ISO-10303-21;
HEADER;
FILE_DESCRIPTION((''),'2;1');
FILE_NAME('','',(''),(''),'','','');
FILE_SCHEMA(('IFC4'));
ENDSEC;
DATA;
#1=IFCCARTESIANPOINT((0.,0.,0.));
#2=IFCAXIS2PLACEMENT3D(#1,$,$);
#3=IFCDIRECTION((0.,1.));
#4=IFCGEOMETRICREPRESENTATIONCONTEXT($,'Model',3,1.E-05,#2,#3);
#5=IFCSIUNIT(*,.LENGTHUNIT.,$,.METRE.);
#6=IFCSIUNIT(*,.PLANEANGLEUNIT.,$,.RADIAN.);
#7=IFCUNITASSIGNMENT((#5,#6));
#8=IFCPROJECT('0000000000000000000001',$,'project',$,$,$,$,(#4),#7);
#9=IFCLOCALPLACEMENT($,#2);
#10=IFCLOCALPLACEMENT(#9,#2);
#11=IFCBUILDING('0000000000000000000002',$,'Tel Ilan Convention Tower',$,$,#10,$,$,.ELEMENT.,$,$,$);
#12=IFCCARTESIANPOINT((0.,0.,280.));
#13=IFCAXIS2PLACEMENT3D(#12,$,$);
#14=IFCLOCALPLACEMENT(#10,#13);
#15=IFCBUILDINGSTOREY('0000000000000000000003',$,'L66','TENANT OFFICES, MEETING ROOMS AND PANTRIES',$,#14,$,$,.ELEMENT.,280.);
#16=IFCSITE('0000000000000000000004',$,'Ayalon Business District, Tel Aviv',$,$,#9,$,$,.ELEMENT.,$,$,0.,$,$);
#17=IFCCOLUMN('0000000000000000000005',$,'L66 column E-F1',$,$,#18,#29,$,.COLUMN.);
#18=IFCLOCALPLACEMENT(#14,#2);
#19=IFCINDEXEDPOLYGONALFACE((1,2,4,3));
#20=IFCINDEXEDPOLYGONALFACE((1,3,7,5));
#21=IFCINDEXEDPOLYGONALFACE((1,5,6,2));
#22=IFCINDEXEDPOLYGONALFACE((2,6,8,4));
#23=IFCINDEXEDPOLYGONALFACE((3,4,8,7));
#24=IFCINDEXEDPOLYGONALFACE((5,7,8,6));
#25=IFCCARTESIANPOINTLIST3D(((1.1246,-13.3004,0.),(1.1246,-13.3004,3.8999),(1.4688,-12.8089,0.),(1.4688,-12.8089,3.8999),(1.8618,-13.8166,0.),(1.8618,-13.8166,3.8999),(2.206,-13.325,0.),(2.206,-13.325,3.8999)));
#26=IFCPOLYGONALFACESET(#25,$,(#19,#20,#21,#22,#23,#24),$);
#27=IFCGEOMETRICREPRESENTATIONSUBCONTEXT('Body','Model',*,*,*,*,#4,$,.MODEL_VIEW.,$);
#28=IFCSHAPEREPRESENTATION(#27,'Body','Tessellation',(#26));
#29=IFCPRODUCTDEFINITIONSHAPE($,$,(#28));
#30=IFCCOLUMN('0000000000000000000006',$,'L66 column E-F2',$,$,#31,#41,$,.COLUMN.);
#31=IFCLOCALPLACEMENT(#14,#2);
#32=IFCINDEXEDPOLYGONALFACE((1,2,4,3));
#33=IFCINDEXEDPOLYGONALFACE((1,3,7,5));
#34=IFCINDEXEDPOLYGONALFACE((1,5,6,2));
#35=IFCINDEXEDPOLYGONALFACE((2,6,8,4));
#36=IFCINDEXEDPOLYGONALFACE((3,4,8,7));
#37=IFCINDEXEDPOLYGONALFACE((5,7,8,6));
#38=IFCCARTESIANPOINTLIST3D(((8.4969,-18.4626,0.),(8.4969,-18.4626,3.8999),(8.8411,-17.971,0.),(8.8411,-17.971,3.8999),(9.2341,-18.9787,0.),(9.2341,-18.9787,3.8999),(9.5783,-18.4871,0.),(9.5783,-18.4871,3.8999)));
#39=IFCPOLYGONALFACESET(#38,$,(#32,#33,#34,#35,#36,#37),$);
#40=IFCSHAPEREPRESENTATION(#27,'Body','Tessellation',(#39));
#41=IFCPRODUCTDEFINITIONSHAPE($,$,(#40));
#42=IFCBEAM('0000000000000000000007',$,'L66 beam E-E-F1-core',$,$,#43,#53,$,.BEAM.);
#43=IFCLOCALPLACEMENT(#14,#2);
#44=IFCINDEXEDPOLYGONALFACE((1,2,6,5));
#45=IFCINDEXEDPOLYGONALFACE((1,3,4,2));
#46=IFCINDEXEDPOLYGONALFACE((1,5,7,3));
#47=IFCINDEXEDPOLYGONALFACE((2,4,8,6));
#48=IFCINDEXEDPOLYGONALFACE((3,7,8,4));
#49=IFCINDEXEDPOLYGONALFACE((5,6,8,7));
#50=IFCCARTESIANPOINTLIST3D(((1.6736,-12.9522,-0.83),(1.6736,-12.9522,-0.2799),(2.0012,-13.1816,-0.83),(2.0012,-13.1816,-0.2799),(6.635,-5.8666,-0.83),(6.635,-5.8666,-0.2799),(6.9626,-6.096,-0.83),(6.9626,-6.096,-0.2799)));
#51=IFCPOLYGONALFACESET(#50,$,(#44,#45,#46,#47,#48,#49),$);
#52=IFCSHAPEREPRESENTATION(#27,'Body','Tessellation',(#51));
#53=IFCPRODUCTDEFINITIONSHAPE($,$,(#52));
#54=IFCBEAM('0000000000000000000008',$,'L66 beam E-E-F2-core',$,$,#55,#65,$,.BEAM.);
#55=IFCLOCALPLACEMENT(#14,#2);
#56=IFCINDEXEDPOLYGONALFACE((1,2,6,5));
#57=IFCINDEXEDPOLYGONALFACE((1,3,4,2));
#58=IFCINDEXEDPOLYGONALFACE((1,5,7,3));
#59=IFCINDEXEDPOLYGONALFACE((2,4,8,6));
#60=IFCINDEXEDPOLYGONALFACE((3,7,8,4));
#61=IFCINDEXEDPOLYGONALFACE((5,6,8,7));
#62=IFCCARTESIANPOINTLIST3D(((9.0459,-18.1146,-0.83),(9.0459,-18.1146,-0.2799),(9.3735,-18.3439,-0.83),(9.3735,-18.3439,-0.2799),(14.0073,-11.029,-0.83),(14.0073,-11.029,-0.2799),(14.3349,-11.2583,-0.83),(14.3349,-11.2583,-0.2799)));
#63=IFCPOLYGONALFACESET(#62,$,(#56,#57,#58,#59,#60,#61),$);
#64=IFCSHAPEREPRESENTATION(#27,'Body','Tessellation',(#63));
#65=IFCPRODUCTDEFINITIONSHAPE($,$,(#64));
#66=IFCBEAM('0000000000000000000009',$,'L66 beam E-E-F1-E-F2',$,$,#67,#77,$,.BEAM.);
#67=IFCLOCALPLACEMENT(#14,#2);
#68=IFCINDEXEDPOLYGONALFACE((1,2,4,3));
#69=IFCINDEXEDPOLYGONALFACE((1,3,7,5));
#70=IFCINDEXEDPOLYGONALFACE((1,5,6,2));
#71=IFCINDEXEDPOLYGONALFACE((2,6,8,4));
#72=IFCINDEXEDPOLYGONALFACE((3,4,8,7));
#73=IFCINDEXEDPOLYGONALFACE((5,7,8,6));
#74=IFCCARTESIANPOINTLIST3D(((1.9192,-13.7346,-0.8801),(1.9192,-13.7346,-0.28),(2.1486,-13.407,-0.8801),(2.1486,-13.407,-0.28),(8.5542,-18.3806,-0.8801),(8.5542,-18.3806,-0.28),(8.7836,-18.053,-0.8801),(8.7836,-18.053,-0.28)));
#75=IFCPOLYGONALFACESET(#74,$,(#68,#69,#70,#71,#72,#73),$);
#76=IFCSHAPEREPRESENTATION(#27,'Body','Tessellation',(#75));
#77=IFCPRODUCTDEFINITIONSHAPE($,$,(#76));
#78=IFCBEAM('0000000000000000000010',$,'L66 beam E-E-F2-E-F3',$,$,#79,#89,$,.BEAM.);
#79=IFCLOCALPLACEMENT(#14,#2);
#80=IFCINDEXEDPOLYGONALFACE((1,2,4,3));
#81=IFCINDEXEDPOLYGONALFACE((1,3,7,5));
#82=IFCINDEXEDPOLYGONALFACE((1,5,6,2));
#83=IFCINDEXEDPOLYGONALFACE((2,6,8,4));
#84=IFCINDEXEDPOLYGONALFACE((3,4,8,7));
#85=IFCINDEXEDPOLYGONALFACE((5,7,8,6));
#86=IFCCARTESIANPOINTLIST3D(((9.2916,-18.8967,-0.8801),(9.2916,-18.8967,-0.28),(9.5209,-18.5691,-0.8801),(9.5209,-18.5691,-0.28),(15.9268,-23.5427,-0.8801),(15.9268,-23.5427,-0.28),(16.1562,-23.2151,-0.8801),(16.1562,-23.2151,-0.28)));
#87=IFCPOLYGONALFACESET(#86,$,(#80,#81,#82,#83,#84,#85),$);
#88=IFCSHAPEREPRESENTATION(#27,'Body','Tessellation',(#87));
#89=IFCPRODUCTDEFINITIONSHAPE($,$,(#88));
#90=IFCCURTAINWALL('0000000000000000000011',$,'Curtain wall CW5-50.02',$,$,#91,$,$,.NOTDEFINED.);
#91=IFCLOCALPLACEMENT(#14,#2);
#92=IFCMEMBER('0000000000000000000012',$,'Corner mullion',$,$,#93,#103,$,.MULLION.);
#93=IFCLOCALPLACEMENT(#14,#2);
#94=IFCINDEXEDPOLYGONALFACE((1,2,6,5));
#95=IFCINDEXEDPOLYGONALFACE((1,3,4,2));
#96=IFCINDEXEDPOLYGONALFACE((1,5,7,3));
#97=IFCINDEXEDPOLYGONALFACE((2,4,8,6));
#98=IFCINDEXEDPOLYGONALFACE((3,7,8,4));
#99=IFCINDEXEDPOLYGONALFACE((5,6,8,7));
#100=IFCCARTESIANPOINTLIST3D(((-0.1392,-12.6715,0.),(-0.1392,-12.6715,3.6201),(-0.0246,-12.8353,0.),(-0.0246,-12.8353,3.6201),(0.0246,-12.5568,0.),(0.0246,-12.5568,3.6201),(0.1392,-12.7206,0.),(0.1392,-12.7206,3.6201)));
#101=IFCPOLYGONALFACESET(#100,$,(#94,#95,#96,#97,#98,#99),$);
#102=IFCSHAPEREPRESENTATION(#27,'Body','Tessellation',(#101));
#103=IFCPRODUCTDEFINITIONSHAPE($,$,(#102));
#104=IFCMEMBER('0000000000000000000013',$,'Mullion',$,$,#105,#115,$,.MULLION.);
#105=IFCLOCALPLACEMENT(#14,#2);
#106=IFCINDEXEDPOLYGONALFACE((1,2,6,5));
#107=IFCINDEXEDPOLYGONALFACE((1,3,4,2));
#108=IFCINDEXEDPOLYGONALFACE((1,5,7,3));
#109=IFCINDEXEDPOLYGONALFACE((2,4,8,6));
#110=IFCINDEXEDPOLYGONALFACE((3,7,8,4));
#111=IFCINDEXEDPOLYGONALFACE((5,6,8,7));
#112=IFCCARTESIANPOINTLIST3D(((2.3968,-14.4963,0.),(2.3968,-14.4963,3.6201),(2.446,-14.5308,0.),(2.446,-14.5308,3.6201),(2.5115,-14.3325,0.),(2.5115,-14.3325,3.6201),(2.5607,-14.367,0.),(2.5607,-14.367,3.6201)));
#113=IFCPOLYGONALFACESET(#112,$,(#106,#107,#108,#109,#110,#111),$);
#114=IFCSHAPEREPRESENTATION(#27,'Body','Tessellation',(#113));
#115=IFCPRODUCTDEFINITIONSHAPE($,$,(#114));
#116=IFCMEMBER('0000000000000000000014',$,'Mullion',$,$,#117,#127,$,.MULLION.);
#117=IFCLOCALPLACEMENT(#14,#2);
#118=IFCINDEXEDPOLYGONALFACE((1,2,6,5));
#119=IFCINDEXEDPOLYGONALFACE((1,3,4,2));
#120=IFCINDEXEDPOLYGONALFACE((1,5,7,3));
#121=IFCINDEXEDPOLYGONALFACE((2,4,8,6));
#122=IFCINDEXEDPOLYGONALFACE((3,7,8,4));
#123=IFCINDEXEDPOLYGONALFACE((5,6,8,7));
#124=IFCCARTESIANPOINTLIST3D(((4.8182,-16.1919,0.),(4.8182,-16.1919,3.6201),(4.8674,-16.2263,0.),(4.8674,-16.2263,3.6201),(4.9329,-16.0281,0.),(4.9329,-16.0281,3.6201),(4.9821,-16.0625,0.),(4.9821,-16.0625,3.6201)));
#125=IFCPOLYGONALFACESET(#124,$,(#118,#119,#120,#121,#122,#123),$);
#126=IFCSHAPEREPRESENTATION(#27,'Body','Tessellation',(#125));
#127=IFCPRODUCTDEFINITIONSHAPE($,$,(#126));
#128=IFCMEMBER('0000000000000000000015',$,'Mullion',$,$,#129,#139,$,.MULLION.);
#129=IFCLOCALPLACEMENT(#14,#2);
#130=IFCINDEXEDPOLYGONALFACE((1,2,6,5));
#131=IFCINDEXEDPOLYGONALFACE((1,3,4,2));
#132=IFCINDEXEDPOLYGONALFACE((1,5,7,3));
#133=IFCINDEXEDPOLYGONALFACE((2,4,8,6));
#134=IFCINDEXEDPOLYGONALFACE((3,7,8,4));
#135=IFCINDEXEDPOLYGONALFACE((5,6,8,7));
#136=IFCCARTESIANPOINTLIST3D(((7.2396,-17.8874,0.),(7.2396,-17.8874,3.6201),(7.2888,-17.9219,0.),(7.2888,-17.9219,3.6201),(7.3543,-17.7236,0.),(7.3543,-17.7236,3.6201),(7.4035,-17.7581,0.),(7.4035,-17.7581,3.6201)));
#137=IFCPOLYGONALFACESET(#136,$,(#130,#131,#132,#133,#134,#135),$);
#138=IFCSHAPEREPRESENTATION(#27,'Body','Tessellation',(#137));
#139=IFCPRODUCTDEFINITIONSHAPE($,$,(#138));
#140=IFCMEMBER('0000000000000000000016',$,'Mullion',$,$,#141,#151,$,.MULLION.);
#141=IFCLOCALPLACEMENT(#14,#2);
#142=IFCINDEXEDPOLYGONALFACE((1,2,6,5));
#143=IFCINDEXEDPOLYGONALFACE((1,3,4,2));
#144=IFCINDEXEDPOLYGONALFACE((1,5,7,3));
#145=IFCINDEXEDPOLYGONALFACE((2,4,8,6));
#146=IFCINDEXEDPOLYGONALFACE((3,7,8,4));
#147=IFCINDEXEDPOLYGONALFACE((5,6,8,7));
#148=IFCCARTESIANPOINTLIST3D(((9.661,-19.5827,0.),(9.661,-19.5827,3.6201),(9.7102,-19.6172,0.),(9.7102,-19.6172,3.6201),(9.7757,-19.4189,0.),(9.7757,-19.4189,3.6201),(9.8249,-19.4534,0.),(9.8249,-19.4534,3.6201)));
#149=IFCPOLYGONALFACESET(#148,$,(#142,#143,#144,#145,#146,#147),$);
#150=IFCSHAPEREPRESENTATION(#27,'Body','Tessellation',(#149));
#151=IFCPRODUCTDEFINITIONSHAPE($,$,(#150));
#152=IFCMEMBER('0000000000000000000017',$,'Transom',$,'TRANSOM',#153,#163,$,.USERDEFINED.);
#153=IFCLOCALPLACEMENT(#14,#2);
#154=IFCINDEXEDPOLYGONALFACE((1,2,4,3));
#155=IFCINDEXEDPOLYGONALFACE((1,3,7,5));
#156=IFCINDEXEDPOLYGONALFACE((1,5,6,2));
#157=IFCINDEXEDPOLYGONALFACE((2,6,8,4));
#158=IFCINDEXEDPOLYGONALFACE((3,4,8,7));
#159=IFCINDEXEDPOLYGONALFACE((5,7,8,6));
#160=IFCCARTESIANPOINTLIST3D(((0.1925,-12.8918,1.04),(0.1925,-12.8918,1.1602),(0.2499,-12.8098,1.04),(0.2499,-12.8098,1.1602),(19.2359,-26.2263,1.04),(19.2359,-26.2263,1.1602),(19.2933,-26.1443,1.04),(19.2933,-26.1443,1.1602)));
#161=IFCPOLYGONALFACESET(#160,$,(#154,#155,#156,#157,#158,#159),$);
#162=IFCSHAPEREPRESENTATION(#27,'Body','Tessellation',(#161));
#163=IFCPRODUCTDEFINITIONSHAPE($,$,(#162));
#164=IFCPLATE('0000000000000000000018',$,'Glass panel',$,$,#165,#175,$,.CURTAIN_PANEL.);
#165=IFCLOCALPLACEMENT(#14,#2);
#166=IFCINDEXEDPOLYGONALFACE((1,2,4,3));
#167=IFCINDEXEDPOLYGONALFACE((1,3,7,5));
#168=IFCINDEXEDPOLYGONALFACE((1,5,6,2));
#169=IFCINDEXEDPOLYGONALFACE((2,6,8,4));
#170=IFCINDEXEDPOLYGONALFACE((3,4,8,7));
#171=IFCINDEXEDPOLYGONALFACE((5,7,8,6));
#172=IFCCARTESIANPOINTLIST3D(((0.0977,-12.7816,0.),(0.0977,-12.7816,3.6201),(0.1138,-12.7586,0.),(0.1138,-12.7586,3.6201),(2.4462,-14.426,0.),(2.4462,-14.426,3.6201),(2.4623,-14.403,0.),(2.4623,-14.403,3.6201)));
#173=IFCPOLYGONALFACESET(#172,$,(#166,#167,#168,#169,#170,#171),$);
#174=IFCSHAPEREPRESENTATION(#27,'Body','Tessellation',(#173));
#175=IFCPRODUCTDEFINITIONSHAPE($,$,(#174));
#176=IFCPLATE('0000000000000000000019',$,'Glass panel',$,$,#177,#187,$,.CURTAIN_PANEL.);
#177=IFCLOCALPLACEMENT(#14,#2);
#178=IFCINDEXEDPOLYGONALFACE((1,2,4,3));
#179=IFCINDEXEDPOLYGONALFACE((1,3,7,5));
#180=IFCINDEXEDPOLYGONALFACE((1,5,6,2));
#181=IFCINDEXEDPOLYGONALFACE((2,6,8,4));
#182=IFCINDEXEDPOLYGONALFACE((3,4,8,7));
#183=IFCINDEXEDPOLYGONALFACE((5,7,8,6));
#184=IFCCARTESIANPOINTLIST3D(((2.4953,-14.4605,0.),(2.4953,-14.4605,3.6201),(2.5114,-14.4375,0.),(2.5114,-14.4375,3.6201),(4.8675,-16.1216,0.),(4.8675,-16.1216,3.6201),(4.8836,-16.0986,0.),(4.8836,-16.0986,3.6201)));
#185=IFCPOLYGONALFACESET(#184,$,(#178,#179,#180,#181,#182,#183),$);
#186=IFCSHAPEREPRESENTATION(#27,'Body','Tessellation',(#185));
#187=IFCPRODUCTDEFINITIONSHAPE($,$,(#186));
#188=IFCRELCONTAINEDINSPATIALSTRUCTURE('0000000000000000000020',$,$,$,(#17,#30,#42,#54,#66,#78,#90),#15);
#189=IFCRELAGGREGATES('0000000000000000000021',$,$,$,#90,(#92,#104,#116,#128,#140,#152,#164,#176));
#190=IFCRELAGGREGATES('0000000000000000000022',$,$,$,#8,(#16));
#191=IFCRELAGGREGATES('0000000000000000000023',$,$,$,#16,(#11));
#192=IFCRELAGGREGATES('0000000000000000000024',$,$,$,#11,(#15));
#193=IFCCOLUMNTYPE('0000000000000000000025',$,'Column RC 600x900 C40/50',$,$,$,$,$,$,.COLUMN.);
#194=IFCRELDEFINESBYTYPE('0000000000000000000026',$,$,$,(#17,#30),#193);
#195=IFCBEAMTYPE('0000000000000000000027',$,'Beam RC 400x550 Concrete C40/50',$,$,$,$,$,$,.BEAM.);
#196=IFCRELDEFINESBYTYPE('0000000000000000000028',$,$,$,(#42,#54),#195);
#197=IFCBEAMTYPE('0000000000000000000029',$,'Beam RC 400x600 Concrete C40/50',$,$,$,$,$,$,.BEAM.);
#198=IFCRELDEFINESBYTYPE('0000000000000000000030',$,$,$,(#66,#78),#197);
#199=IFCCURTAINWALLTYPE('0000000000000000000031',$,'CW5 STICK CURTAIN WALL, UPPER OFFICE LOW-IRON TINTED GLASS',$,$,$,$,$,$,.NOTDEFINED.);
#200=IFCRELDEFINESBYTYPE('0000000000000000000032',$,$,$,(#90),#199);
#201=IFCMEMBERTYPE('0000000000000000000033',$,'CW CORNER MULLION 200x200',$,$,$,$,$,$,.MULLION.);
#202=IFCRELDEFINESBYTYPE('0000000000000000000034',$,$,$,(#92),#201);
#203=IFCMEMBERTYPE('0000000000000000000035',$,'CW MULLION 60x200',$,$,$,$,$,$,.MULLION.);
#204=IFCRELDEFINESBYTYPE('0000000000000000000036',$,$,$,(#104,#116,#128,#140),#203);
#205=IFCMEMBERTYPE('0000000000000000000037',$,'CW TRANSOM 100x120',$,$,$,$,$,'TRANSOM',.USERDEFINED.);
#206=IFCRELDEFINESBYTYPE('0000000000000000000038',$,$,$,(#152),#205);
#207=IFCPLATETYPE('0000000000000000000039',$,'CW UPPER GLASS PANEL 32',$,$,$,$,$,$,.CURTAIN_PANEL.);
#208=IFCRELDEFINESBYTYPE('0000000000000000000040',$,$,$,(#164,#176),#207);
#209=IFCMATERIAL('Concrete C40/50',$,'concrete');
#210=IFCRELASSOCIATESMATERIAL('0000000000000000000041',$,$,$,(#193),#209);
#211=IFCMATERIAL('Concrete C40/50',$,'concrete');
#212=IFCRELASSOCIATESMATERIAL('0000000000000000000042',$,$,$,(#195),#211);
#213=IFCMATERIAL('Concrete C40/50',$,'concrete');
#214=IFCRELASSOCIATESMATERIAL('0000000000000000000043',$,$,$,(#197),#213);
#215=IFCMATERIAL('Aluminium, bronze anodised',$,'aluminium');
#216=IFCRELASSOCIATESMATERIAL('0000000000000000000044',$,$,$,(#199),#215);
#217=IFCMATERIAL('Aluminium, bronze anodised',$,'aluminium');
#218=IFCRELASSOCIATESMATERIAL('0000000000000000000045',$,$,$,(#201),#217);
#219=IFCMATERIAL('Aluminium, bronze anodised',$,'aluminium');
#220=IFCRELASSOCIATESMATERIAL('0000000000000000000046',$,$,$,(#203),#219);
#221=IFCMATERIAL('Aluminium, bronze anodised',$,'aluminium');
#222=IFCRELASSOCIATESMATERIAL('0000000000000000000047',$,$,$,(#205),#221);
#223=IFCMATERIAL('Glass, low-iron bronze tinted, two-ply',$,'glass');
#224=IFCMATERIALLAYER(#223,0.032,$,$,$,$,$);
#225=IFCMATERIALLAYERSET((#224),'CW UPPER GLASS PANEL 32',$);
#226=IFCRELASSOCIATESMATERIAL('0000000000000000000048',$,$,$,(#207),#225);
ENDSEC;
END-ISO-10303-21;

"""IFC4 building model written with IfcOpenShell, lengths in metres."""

from ifc_helpers import new_model, si_unit, direction, frame, origin, origin_2d, place, context, subcontext, project, spatial, rectangle, extrude, material, layer, layer_set, material_profile, profile_set, type_object, element, aggregate, save


model = new_model("IFC4")

# Units and contexts
model_context = context("Model", 3, precision=1e-05, world=origin(), true_north=direction((0.0, 1.0)))
body_context = subcontext(model_context, "Body", "Model", "MODEL_VIEW")
ifc_project = project(units=[si_unit("LENGTHUNIT", "METRE"), si_unit("PLANEANGLEUNIT", "RADIAN")], contexts=[model_context])

# Site, building, storey
site_placement = place(None, origin())
site = spatial("IfcSite", under=ifc_project, at=site_placement, Name="Ayalon Business District, Tel Aviv", CompositionType="ELEMENT", RefElevation=0.0)
building_placement = place(site_placement, origin())
building = spatial("IfcBuilding", under=site, at=building_placement, Name="Tel Ilan Convention Tower", CompositionType="ELEMENT")
storey_placement = place(building_placement, frame((0.0, 0.0, 280.0)))
storey = spatial("IfcBuildingStorey", under=building, at=storey_placement, Name="L66", Description="TENANT OFFICES, MEETING ROOMS AND PANTRIES", CompositionType="ELEMENT", Elevation=280.0)

# Columns
ifc_material_1 = material(Name="Concrete C40/50", Category="concrete")
ifc_material_profile_1 = material_profile(ifc_material_1, rectangle(XDim=0.8999, YDim=0.6001, at=origin_2d()), Name="RC 600x900")
ifc_profile_set_1 = profile_set([ifc_material_profile_1], Name="Concrete C40/50")
column_type = type_object("IfcColumnType", Name="Column RC 600x900 C40/50", PredefinedType="COLUMN", material=ifc_profile_set_1)
for number, where, z_axis, x_axis, name in (
    (1, (1.6653, -13.3127, 0.0), (0.0, 0.0, 1.0), (0.819152, -0.573576, 0.0), "L66 column E-F1"),
    (2, (9.0376, -18.4749, 0.0), (0.0, 0.0, 1.0), (0.819152, -0.573576, 0.0), "L66 column E-F2"),
):
    element("IfcColumn", number, at=place(storey_placement, frame(where, z_axis=z_axis, x_axis=x_axis)), inside=storey, type_object=column_type, Name=name, PredefinedType="COLUMN", context=body_context, shape_type="SweptSolid", body=[
        extrude(rectangle(XDim=0.8999, YDim=0.6001, at=origin_2d()), origin(), (0.0, 0.0, 1.0), 3.8999),
    ])

# Beams
ifc_material_2 = material(Name="Concrete C40/50", Category="concrete")
ifc_material_profile_2 = material_profile(ifc_material_2, rectangle(XDim=0.3999, YDim=0.55, at=origin_2d()), Name="RC 400x550")
ifc_profile_set_2 = profile_set([ifc_material_profile_2], Name="Concrete C40/50")
beam_type_1 = type_object("IfcBeamType", Name="Beam RC 400x550 Concrete C40/50", PredefinedType="BEAM", material=ifc_profile_set_2)
for number, where, z_axis, x_axis, name in (
    (3, (1.8374, -13.0669, -0.5549), (0.573574, 0.819154, 0.0), (-0.819154, 0.573574, 0.0), "L66 beam E-E-F1-core"),
    (4, (9.2097, -18.2292, -0.5549), (0.573574, 0.819154, 0.0), (-0.819154, 0.573574, 0.0), "L66 beam E-E-F2-core"),
):
    element("IfcBeam", number, at=place(storey_placement, frame(where, z_axis=z_axis, x_axis=x_axis)), inside=storey, type_object=beam_type_1, Name=name, PredefinedType="BEAM", context=body_context, shape_type="SweptSolid", body=[
        extrude(rectangle(XDim=0.3999, YDim=0.55, at=origin_2d()), origin(), (0.0, 0.0, 1.0), 8.6499),
    ])
ifc_material_3 = material(Name="Concrete C40/50", Category="concrete")
ifc_material_profile_3 = material_profile(ifc_material_3, rectangle(XDim=0.3999, YDim=0.6001, at=origin_2d()), Name="RC 400x600")
ifc_profile_set_3 = profile_set([ifc_material_profile_3], Name="Concrete C40/50")
beam_type_2 = type_object("IfcBeamType", Name="Beam RC 400x600 Concrete C40/50", PredefinedType="BEAM", material=ifc_profile_set_3)
beam_1_placement = place(storey_placement, frame((2.0339, -13.5708, -0.5801), z_axis=(0.819146, -0.573586, 0.0), x_axis=(0.573586, 0.819146, 0.0)))
element("IfcBeam", 5, at=beam_1_placement, inside=storey, type_object=beam_type_2, Name="L66 beam E-E-F1-E-F2", PredefinedType="BEAM", context=body_context, shape_type="SweptSolid", body=[
    extrude(rectangle(XDim=0.3999, YDim=0.6001, at=origin_2d()), origin(), (0.0, 0.0, 1.0), 8.0999),
])
beam_2_placement = place(storey_placement, frame((9.4062, -18.7329, -0.5801), z_axis=(0.819155, -0.573572, 0.0), x_axis=(0.573572, 0.819155, 0.0)))
element("IfcBeam", 6, at=beam_2_placement, inside=storey, type_object=beam_type_2, Name="L66 beam E-E-F2-E-F3", PredefinedType="BEAM", context=body_context, shape_type="SweptSolid", body=[
    extrude(rectangle(XDim=0.3999, YDim=0.6001, at=origin_2d()), origin(), (0.0, 0.0, 1.0), 8.1001),
])

# Curtain wall, members, plates
ifc_material_4 = material(Name="Aluminium, bronze anodised", Category="aluminium")
curtain_wall_type = type_object("IfcCurtainWallType", Name="CW5 STICK CURTAIN WALL, UPPER OFFICE LOW-IRON TINTED GLASS", PredefinedType="NOTDEFINED", material=ifc_material_4)
curtain_wall_placement = place(storey_placement, origin())
curtain_wall = element("IfcCurtainWall", 7, at=curtain_wall_placement, inside=storey, type_object=curtain_wall_type, Name="Curtain wall CW5-50.02", PredefinedType="NOTDEFINED")
ifc_material_5 = material(Name="Aluminium, bronze anodised", Category="aluminium")
ifc_material_profile_4 = material_profile(ifc_material_5, rectangle(XDim=0.2, YDim=0.2, at=origin_2d()), Name="CW CORNER MULLION 200x200")
ifc_profile_set_4 = profile_set([ifc_material_profile_4], Name="Aluminium, bronze anodised")
member_type_1 = type_object("IfcMemberType", Name="CW CORNER MULLION 200x200", PredefinedType="MULLION", material=ifc_profile_set_4)
member_1_placement = place(storey_placement, frame((0.0, -12.696, 0.0), z_axis=(0.0, 0.0, 1.0), x_axis=(0.819152, 0.573576, 0.0)))
member_1 = element("IfcMember", 8, at=member_1_placement, type_object=member_type_1, Name="Corner mullion", PredefinedType="MULLION", context=body_context, shape_type="SweptSolid", body=[
    extrude(rectangle(XDim=0.2, YDim=0.2, at=origin_2d()), origin(), (0.0, 0.0, 1.0), 3.6201),
])
ifc_material_6 = material(Name="Aluminium, bronze anodised", Category="aluminium")
ifc_material_profile_5 = material_profile(ifc_material_6, rectangle(XDim=0.0601, YDim=0.2, at=origin_2d()), Name="CW MULLION 60x200")
ifc_profile_set_5 = profile_set([ifc_material_profile_5], Name="Aluminium, bronze anodised")
member_type_2 = type_object("IfcMemberType", Name="CW MULLION 60x200", PredefinedType="MULLION", material=ifc_profile_set_5)
member_2_placement = place(storey_placement, frame((2.4788, -14.4316, 0.0), z_axis=(0.0, 0.0, 1.0), x_axis=(0.819152, -0.573576, 0.0)))
member_2 = element("IfcMember", 9, at=member_2_placement, type_object=member_type_2, Name="Mullion", PredefinedType="MULLION", context=body_context, shape_type="SweptSolid", body=[
    extrude(rectangle(XDim=0.0601, YDim=0.2, at=origin_2d()), origin(), (0.0, 0.0, 1.0), 3.6201),
])
member_3_placement = place(storey_placement, frame((4.9001, -16.1272, 0.0), z_axis=(0.0, 0.0, 1.0), x_axis=(0.819152, -0.573576, 0.0)))
member_3 = element("IfcMember", 10, at=member_3_placement, type_object=member_type_2, Name="Mullion", PredefinedType="MULLION", context=body_context, shape_type="SweptSolid", body=[
    extrude(rectangle(XDim=0.0601, YDim=0.2, at=origin_2d()), origin(), (0.0, 0.0, 1.0), 3.6201),
])
member_4_placement = place(storey_placement, frame((7.3215, -17.8228, 0.0), z_axis=(0.0, 0.0, 1.0), x_axis=(0.819152, -0.573576, 0.0)))
member_4 = element("IfcMember", 11, at=member_4_placement, type_object=member_type_2, Name="Mullion", PredefinedType="MULLION", context=body_context, shape_type="SweptSolid", body=[
    extrude(rectangle(XDim=0.0601, YDim=0.2, at=origin_2d()), origin(), (0.0, 0.0, 1.0), 3.6201),
])
member_5_placement = place(storey_placement, frame((9.7429, -19.5181, 0.0), z_axis=(0.0, 0.0, 1.0), x_axis=(0.819152, -0.573576, 0.0)))
member_5 = element("IfcMember", 12, at=member_5_placement, type_object=member_type_2, Name="Mullion", PredefinedType="MULLION", context=body_context, shape_type="SweptSolid", body=[
    extrude(rectangle(XDim=0.0601, YDim=0.2, at=origin_2d()), origin(), (0.0, 0.0, 1.0), 3.6201),
])
ifc_material_7 = material(Name="Aluminium, bronze anodised", Category="aluminium")
ifc_material_profile_6 = material_profile(ifc_material_7, rectangle(XDim=0.1001, YDim=0.1201, at=origin_2d()), Name="CW TRANSOM 100x120")
ifc_profile_set_6 = profile_set([ifc_material_profile_6], Name="Aluminium, bronze anodised")
member_type_3 = type_object("IfcMemberType", Name="CW TRANSOM 100x120", ElementType="TRANSOM", PredefinedType="USERDEFINED", material=ifc_profile_set_6)
member_6_placement = place(storey_placement, frame((0.2212, -12.8508, 1.1001), z_axis=(0.81915, -0.573579, 0.0), x_axis=(0.573579, 0.81915, 0.0)))
member_6 = element("IfcMember", 13, at=member_6_placement, type_object=member_type_3, Name="Transom", ObjectType="TRANSOM", PredefinedType="USERDEFINED", context=body_context, shape_type="SweptSolid", body=[
    extrude(rectangle(XDim=0.1001, YDim=0.1201, at=origin_2d()), origin(), (0.0, 0.0, 1.0), 23.2478),
])
ifc_material_8 = material(Name="Glass, low-iron bronze tinted, two-ply", Category="glass")
ifc_layer_1 = layer(ifc_material_8, 0.032)
ifc_layer_set_1 = layer_set([ifc_layer_1], Name="CW UPPER GLASS PANEL 32")
plate_type = type_object("IfcPlateType", Name="CW UPPER GLASS PANEL 32", PredefinedType="CURTAIN_PANEL", material=ifc_layer_set_1)
plate_1_placement = place(storey_placement, frame((1.28, -13.5923, 0.0), z_axis=(0.0, 0.0, 1.0), x_axis=(0.819152, -0.573576, 0.0)))
plate_1 = element("IfcPlate", 14, at=plate_1_placement, type_object=plate_type, Name="Glass panel", PredefinedType="CURTAIN_PANEL", context=body_context, shape_type="SweptSolid", body=[
    extrude(rectangle(XDim=2.8669, YDim=0.0281, at=origin_2d()), origin(), (0.0, 0.0, 1.0), 3.6201),
])
plate_2_placement = place(storey_placement, frame((3.6895, -15.2795, 0.0), z_axis=(0.0, 0.0, 1.0), x_axis=(0.819152, -0.573576, 0.0)))
plate_2 = element("IfcPlate", 15, at=plate_2_placement, type_object=plate_type, Name="Glass panel", PredefinedType="CURTAIN_PANEL", context=body_context, shape_type="SweptSolid", body=[
    extrude(rectangle(XDim=2.896, YDim=0.0281, at=origin_2d()), origin(), (0.0, 0.0, 1.0), 3.6201),
])
aggregate(curtain_wall, [member_1, member_2, member_3, member_4, member_5, member_6, plate_1, plate_2])

save(model, "model.ifc")
